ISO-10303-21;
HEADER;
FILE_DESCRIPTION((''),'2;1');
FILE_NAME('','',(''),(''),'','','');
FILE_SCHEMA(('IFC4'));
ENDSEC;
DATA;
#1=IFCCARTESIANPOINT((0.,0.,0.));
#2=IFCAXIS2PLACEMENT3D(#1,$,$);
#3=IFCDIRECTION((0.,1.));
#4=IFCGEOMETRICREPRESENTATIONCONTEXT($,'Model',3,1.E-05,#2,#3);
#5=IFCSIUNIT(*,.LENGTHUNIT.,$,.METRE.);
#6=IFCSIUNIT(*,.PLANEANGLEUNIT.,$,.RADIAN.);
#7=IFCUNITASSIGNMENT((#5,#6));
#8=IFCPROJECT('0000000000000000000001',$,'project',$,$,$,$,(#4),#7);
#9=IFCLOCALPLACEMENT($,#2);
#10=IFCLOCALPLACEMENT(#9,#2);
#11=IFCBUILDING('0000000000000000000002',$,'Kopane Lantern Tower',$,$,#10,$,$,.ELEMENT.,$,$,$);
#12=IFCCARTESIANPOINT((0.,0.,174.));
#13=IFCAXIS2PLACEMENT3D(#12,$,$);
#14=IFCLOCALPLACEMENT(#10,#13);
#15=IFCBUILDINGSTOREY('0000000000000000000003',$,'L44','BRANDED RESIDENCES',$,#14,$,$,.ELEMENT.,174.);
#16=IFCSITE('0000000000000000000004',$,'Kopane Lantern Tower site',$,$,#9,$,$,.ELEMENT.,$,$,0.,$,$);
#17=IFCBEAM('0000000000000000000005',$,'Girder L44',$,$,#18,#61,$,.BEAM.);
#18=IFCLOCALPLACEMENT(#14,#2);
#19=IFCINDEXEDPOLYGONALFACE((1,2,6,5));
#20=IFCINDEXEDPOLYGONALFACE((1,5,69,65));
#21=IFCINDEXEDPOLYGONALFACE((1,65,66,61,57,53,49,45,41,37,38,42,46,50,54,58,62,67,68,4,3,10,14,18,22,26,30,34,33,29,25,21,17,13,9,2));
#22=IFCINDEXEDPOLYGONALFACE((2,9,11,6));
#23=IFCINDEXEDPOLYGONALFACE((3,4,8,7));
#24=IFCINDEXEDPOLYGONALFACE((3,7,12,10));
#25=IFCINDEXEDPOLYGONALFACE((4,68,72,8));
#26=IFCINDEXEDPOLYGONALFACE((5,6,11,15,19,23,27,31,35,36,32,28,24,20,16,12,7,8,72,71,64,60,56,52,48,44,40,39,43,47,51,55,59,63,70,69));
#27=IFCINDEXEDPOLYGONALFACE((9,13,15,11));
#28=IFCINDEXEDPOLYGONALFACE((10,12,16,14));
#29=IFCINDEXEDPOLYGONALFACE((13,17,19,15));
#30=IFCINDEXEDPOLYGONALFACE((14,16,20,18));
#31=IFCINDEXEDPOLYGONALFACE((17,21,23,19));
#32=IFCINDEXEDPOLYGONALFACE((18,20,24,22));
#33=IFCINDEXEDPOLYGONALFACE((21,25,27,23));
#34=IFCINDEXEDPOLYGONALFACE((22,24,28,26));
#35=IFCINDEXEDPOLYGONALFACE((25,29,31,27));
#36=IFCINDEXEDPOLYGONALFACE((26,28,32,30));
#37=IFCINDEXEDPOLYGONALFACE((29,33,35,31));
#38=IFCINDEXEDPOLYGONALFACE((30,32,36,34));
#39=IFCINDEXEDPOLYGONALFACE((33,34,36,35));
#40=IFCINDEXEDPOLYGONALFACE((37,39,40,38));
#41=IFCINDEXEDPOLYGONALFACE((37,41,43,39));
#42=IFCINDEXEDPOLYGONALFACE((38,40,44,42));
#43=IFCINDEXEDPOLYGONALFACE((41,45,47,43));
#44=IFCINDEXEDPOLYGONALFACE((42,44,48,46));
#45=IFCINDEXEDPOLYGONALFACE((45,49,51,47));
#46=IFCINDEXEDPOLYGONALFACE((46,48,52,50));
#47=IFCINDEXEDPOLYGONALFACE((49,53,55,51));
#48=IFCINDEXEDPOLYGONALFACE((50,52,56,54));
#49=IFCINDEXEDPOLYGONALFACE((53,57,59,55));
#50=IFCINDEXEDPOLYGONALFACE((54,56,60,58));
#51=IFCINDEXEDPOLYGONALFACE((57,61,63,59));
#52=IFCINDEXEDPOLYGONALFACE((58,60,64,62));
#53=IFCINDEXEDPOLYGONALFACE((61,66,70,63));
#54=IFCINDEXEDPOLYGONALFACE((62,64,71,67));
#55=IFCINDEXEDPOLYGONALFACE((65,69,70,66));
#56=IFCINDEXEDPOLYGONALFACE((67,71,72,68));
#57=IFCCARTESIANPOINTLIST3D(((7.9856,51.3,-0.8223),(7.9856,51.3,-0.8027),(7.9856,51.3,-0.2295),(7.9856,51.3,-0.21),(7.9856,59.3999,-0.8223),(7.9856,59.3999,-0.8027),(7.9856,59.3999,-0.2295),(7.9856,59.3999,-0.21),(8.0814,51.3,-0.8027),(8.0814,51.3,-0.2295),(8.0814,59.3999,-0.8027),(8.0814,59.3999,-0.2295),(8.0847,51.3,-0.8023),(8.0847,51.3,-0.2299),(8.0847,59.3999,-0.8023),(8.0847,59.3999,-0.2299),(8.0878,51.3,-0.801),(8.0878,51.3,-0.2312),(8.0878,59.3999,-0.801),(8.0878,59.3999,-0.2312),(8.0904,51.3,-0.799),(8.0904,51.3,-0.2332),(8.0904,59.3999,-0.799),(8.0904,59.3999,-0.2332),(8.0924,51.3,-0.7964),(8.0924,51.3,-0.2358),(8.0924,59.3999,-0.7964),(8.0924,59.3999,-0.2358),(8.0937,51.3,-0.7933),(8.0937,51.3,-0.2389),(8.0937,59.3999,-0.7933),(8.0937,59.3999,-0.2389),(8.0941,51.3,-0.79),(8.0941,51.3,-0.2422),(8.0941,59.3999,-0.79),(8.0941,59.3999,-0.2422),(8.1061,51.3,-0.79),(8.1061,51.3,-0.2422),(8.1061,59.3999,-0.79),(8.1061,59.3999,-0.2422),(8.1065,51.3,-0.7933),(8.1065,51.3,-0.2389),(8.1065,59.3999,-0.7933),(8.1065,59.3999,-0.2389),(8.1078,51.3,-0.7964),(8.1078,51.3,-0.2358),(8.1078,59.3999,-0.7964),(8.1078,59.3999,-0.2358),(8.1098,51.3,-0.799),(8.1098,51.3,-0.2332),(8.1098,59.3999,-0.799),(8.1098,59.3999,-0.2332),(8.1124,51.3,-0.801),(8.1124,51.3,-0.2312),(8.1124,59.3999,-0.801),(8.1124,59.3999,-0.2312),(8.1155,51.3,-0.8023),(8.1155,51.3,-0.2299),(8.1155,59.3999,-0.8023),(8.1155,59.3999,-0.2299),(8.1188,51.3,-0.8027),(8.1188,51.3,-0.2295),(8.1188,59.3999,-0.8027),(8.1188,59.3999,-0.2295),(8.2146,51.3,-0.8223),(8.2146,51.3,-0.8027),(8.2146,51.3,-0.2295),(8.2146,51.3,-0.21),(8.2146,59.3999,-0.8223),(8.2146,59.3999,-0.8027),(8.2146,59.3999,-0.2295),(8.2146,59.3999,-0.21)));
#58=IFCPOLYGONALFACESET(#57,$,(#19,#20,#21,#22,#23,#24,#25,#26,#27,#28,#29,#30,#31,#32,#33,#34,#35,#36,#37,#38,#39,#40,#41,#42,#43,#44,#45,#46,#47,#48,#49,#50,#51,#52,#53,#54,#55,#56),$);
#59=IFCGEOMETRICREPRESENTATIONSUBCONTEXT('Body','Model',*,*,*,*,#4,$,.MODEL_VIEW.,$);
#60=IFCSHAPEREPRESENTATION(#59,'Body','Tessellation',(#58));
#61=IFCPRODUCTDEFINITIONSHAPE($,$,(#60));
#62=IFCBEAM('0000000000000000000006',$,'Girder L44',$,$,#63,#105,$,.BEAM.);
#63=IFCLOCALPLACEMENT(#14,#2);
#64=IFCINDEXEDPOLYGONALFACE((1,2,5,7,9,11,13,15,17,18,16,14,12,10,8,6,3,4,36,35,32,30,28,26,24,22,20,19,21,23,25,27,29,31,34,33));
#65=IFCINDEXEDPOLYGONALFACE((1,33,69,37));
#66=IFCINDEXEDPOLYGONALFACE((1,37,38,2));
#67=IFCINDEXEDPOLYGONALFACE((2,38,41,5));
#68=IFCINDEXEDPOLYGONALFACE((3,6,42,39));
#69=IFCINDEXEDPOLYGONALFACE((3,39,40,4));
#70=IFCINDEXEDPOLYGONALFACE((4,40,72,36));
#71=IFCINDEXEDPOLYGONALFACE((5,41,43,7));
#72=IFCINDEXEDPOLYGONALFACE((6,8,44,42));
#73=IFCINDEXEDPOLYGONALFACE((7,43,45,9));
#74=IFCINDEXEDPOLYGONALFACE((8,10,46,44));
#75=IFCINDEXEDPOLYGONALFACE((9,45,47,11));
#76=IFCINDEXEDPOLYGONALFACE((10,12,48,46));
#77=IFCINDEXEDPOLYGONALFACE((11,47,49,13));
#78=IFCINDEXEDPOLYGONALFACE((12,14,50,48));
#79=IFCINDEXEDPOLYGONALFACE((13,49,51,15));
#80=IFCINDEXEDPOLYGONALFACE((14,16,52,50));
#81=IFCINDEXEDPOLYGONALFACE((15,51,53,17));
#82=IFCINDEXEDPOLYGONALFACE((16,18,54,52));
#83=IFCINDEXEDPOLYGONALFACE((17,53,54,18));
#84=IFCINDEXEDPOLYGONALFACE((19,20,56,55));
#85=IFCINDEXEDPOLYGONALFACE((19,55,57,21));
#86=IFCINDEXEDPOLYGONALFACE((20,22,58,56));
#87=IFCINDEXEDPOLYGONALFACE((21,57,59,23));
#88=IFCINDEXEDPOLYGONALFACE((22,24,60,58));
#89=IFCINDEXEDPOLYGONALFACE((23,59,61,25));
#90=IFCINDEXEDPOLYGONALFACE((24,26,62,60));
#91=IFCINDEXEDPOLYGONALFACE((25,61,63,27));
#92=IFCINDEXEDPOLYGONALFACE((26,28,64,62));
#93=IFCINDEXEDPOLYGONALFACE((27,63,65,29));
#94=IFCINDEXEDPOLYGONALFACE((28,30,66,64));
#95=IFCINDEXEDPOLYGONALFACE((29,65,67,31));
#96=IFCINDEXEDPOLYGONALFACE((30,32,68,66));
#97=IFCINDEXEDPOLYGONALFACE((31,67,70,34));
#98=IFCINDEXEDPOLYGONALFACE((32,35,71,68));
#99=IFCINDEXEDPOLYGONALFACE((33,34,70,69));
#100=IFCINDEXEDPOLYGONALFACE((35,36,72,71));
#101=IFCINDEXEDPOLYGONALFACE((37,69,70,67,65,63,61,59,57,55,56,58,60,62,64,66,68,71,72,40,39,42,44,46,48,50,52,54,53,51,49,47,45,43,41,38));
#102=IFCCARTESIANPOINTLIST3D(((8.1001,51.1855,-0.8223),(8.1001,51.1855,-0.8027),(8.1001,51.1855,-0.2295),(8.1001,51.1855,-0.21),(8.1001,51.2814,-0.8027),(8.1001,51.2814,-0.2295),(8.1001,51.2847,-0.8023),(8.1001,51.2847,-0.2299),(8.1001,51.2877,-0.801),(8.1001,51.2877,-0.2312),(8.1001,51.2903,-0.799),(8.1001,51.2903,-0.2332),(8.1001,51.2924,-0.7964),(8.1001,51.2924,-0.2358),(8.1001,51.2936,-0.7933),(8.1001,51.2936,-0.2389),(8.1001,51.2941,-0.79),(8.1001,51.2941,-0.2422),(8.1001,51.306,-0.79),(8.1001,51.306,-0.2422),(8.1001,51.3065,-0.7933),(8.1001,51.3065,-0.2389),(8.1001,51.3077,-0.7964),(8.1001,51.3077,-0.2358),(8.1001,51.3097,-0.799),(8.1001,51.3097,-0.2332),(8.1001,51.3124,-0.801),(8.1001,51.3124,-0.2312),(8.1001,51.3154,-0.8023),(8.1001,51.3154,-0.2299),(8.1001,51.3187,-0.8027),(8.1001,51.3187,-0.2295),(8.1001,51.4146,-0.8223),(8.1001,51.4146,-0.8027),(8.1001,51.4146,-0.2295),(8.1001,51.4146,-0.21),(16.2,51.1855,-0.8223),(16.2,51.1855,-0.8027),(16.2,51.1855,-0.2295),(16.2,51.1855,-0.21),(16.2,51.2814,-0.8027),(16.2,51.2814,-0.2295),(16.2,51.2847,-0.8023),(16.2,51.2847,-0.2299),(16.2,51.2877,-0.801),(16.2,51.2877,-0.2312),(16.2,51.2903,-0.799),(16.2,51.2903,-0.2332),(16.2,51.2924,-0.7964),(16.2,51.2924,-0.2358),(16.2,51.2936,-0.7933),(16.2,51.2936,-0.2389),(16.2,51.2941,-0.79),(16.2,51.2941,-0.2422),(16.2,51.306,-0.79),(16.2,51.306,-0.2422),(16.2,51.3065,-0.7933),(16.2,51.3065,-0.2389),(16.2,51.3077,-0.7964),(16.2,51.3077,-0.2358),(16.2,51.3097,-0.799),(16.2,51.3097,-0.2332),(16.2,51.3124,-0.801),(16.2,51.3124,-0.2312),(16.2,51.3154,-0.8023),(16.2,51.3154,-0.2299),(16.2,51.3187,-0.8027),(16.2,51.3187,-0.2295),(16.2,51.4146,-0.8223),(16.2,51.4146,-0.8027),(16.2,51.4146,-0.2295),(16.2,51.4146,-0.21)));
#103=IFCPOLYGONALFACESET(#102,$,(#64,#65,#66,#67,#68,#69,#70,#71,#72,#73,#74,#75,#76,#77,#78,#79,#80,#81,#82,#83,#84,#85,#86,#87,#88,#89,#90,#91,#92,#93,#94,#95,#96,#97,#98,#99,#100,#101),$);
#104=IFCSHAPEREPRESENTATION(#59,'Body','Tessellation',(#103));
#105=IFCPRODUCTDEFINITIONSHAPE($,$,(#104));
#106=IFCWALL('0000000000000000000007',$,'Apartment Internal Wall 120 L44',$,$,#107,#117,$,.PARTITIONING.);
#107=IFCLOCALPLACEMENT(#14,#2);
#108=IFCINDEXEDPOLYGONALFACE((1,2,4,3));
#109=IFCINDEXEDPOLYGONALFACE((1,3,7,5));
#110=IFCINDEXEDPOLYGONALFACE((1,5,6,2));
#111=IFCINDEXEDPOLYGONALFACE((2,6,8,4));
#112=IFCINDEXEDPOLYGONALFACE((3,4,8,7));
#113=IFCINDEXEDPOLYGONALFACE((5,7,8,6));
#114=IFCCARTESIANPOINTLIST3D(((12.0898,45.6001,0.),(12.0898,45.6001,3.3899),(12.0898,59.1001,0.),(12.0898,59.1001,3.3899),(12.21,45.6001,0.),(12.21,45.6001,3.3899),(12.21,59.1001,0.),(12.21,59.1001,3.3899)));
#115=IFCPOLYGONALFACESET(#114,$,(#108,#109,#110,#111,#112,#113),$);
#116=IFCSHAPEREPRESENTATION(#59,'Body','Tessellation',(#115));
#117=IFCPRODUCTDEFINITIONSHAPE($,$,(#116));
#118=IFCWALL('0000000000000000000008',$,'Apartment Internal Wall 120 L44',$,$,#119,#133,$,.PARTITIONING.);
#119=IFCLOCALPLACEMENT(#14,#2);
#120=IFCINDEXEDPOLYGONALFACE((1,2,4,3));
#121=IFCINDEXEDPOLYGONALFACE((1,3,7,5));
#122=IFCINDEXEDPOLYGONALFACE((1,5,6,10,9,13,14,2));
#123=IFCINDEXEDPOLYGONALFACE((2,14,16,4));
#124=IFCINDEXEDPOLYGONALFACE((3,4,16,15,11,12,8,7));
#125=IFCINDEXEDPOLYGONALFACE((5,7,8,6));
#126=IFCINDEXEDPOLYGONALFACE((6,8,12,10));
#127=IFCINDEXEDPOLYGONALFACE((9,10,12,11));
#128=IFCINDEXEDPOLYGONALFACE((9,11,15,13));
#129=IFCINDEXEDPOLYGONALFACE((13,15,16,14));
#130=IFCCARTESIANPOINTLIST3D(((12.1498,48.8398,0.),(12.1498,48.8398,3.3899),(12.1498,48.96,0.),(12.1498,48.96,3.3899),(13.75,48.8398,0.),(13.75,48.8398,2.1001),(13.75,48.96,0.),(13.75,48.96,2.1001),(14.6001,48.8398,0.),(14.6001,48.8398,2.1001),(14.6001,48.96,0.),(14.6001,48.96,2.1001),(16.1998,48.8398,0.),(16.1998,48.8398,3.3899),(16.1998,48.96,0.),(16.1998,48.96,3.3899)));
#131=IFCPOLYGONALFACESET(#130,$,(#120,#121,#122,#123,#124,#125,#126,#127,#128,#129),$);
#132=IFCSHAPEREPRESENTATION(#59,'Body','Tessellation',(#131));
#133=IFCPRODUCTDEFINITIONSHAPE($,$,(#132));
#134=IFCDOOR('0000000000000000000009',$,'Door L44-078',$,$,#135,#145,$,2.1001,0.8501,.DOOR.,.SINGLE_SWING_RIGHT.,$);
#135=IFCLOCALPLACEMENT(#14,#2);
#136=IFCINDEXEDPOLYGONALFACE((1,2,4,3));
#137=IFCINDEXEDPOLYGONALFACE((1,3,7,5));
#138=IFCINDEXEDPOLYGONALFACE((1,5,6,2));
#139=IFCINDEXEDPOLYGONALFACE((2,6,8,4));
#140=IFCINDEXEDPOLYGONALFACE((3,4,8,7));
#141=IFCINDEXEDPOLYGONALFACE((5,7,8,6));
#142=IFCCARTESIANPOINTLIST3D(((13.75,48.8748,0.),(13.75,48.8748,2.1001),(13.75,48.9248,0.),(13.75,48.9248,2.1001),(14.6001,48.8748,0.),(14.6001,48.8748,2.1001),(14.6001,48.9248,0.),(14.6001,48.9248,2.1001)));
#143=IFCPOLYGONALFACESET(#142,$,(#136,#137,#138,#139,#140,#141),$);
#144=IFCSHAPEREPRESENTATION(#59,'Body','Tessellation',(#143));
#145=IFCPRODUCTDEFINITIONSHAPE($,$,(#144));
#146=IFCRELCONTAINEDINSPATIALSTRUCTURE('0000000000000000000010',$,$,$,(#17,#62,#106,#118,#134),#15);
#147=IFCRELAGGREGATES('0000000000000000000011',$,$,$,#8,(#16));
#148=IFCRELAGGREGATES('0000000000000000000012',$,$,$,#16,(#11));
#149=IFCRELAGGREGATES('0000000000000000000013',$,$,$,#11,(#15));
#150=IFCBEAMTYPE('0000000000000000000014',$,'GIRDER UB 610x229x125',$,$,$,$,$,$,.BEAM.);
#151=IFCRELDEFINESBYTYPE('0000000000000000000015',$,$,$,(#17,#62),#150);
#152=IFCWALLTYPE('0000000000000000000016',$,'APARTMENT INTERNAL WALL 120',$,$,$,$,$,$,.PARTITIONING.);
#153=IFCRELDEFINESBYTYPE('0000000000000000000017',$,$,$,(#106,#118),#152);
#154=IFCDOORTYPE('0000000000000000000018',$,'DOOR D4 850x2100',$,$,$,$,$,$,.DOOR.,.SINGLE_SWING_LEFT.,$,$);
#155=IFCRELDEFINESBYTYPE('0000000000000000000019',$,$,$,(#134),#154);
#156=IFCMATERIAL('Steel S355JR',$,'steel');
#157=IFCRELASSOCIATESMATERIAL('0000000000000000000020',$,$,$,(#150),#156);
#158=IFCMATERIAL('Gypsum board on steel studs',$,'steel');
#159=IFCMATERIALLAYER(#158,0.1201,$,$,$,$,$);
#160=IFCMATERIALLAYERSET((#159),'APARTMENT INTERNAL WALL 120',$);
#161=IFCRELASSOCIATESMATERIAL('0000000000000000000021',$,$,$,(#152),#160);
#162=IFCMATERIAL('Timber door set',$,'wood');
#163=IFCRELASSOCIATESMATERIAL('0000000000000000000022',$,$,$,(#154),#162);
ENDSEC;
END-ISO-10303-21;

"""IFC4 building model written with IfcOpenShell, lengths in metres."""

from ifc_helpers import new_model, si_unit, direction, frame, frame_2d, origin, origin_2d, place, context, subcontext, project, spatial, rectangle, i_section, extrude, material, layer, layer_set, material_profile, profile_set, type_object, element, fill, save


model = new_model("IFC4")

# Units and contexts
model_context = context("Model", 3, precision=1e-05, world=origin(), true_north=direction((0.0, 1.0)))
body_context = subcontext(model_context, "Body", "Model", "MODEL_VIEW")
ifc_project = project(units=[si_unit("LENGTHUNIT", "METRE"), si_unit("PLANEANGLEUNIT", "RADIAN")], contexts=[model_context])

# Site, building, storey
site_placement = place(None, origin())
site = spatial("IfcSite", under=ifc_project, at=site_placement, Name="Kopane Lantern Tower site", CompositionType="ELEMENT", RefElevation=0.0)
building_placement = place(site_placement, origin())
building = spatial("IfcBuilding", under=site, at=building_placement, Name="Kopane Lantern Tower", CompositionType="ELEMENT")
storey_placement = place(building_placement, frame((0.0, 0.0, 174.0)))
storey = spatial("IfcBuildingStorey", under=building, at=storey_placement, Name="L44", Description="BRANDED RESIDENCES", CompositionType="ELEMENT", Elevation=174.0)

# Beams
ifc_material_1 = material(Name="Steel S355JR", Category="steel")
ifc_material_profile = material_profile(ifc_material_1, i_section(OverallWidth=0.229, OverallDepth=0.6123, WebThickness=0.012, FlangeThickness=0.0195, FilletRadius=0.0127, at=origin_2d()), Name="UB 610x229x125")
ifc_profile_set = profile_set([ifc_material_profile], Name="Steel S355JR")
beam_type = type_object("IfcBeamType", Name="GIRDER UB 610x229x125", PredefinedType="BEAM", material=ifc_profile_set)
for number, where, z_axis, x_axis, name in (
    (1, (8.1001, 51.3, -0.5161), (0.0, 1.0, 0.0), (-1.0, 0.0, 0.0), "Girder L44"),
    (2, (8.1001, 51.3, -0.5161), (1.0, 0.0, 0.0), (0.0, 1.0, 0.0), "Girder L44"),
):
    element("IfcBeam", number, at=place(storey_placement, frame(where, z_axis=z_axis, x_axis=x_axis)), inside=storey, type_object=beam_type, Name=name, PredefinedType="BEAM", context=body_context, shape_type="SweptSolid", body=[
        extrude(i_section(OverallWidth=0.229, OverallDepth=0.6123, WebThickness=0.012, FlangeThickness=0.0195, FilletRadius=0.0127, at=origin_2d()), origin(), (0.0, 0.0, 1.0), 8.0999),
    ])

# Shared definitions
ifc_material_2 = material(Name="Gypsum board on steel studs", Category="steel")
ifc_layer_1 = layer(ifc_material_2, 0.1201)
ifc_layer_set_1 = layer_set([ifc_layer_1], Name="APARTMENT INTERNAL WALL 120")
wall_type_1 = type_object("IfcWallType", Name="APARTMENT INTERNAL WALL 120", PredefinedType="PARTITIONING", material=ifc_layer_set_1)
ifc_material_3 = material(Name="Timber door set", Category="wood")
door_type_1 = type_object("IfcDoorType", Name="DOOR D4 850x2100", OperationType="SINGLE_SWING_LEFT", PredefinedType="DOOR", material=ifc_material_3)

# Wall
wall_1_placement = place(storey_placement, frame((12.1499, 45.6001, 0.0), z_axis=(0.0, 0.0, 1.0), x_axis=(0.0, 1.0, 0.0)))
element("IfcWall", 3, at=wall_1_placement, inside=storey, type_object=wall_type_1, Name="Apartment Internal Wall 120 L44", PredefinedType="PARTITIONING", context=body_context, shape_type="SweptSolid", body=[
    extrude(rectangle(XDim=13.5, YDim=0.1201, at=frame_2d((6.75, 0.0))), origin(), (0.0, 0.0, 1.0), 3.3899),
])

# Wall, opening, door
wall_2_placement = place(storey_placement, frame((12.1499, 48.8999, 0.0), z_axis=(0.0, 0.0, 1.0), x_axis=(1.0, 0.0, 0.0)))
wall_2 = element("IfcWall", 4, at=wall_2_placement, inside=storey, type_object=wall_type_1, Name="Apartment Internal Wall 120 L44", PredefinedType="PARTITIONING", context=body_context, shape_type="SweptSolid", body=[
    extrude(rectangle(XDim=4.05, YDim=0.1201, at=frame_2d((2.0249, 0.0))), origin(), (0.0, 0.0, 1.0), 3.3899),
])
opening_1_placement = place(wall_2_placement, frame((1.6001, 0.0, 0.0)))
opening_1 = element("IfcOpeningElement", 5, at=opening_1_placement, cuts=wall_2, PredefinedType="OPENING", context=body_context, shape_type="SweptSolid", body=[
    extrude(rectangle(XDim=0.8501, YDim=2.1001, at=frame_2d((0.425, 1.05))), frame((0.0, 0.0701, 0.0), z_axis=(0.0, -1.0, 0.0), x_axis=(1.0, 0.0, 0.0)), (0.0, 0.0, 1.0), 0.1401),
])
door_1_placement = place(opening_1_placement, origin())
door_1 = element("IfcDoor", 6, at=door_1_placement, inside=storey, type_object=door_type_1, Name="Door L44-078", OperationType="SINGLE_SWING_RIGHT", OverallHeight=2.1001, OverallWidth=0.8501, PredefinedType="DOOR", context=body_context, shape_type="SweptSolid", body=[
    extrude(rectangle(XDim=0.8501, YDim=2.1001, at=frame_2d((0.425, 1.05))), frame((0.0, 0.0249, 0.0), z_axis=(0.0, -1.0, 0.0), x_axis=(1.0, 0.0, 0.0)), (0.0, 0.0, 1.0), 0.05),
])
fill(opening_1, door_1)

save(model, "model.ifc")
